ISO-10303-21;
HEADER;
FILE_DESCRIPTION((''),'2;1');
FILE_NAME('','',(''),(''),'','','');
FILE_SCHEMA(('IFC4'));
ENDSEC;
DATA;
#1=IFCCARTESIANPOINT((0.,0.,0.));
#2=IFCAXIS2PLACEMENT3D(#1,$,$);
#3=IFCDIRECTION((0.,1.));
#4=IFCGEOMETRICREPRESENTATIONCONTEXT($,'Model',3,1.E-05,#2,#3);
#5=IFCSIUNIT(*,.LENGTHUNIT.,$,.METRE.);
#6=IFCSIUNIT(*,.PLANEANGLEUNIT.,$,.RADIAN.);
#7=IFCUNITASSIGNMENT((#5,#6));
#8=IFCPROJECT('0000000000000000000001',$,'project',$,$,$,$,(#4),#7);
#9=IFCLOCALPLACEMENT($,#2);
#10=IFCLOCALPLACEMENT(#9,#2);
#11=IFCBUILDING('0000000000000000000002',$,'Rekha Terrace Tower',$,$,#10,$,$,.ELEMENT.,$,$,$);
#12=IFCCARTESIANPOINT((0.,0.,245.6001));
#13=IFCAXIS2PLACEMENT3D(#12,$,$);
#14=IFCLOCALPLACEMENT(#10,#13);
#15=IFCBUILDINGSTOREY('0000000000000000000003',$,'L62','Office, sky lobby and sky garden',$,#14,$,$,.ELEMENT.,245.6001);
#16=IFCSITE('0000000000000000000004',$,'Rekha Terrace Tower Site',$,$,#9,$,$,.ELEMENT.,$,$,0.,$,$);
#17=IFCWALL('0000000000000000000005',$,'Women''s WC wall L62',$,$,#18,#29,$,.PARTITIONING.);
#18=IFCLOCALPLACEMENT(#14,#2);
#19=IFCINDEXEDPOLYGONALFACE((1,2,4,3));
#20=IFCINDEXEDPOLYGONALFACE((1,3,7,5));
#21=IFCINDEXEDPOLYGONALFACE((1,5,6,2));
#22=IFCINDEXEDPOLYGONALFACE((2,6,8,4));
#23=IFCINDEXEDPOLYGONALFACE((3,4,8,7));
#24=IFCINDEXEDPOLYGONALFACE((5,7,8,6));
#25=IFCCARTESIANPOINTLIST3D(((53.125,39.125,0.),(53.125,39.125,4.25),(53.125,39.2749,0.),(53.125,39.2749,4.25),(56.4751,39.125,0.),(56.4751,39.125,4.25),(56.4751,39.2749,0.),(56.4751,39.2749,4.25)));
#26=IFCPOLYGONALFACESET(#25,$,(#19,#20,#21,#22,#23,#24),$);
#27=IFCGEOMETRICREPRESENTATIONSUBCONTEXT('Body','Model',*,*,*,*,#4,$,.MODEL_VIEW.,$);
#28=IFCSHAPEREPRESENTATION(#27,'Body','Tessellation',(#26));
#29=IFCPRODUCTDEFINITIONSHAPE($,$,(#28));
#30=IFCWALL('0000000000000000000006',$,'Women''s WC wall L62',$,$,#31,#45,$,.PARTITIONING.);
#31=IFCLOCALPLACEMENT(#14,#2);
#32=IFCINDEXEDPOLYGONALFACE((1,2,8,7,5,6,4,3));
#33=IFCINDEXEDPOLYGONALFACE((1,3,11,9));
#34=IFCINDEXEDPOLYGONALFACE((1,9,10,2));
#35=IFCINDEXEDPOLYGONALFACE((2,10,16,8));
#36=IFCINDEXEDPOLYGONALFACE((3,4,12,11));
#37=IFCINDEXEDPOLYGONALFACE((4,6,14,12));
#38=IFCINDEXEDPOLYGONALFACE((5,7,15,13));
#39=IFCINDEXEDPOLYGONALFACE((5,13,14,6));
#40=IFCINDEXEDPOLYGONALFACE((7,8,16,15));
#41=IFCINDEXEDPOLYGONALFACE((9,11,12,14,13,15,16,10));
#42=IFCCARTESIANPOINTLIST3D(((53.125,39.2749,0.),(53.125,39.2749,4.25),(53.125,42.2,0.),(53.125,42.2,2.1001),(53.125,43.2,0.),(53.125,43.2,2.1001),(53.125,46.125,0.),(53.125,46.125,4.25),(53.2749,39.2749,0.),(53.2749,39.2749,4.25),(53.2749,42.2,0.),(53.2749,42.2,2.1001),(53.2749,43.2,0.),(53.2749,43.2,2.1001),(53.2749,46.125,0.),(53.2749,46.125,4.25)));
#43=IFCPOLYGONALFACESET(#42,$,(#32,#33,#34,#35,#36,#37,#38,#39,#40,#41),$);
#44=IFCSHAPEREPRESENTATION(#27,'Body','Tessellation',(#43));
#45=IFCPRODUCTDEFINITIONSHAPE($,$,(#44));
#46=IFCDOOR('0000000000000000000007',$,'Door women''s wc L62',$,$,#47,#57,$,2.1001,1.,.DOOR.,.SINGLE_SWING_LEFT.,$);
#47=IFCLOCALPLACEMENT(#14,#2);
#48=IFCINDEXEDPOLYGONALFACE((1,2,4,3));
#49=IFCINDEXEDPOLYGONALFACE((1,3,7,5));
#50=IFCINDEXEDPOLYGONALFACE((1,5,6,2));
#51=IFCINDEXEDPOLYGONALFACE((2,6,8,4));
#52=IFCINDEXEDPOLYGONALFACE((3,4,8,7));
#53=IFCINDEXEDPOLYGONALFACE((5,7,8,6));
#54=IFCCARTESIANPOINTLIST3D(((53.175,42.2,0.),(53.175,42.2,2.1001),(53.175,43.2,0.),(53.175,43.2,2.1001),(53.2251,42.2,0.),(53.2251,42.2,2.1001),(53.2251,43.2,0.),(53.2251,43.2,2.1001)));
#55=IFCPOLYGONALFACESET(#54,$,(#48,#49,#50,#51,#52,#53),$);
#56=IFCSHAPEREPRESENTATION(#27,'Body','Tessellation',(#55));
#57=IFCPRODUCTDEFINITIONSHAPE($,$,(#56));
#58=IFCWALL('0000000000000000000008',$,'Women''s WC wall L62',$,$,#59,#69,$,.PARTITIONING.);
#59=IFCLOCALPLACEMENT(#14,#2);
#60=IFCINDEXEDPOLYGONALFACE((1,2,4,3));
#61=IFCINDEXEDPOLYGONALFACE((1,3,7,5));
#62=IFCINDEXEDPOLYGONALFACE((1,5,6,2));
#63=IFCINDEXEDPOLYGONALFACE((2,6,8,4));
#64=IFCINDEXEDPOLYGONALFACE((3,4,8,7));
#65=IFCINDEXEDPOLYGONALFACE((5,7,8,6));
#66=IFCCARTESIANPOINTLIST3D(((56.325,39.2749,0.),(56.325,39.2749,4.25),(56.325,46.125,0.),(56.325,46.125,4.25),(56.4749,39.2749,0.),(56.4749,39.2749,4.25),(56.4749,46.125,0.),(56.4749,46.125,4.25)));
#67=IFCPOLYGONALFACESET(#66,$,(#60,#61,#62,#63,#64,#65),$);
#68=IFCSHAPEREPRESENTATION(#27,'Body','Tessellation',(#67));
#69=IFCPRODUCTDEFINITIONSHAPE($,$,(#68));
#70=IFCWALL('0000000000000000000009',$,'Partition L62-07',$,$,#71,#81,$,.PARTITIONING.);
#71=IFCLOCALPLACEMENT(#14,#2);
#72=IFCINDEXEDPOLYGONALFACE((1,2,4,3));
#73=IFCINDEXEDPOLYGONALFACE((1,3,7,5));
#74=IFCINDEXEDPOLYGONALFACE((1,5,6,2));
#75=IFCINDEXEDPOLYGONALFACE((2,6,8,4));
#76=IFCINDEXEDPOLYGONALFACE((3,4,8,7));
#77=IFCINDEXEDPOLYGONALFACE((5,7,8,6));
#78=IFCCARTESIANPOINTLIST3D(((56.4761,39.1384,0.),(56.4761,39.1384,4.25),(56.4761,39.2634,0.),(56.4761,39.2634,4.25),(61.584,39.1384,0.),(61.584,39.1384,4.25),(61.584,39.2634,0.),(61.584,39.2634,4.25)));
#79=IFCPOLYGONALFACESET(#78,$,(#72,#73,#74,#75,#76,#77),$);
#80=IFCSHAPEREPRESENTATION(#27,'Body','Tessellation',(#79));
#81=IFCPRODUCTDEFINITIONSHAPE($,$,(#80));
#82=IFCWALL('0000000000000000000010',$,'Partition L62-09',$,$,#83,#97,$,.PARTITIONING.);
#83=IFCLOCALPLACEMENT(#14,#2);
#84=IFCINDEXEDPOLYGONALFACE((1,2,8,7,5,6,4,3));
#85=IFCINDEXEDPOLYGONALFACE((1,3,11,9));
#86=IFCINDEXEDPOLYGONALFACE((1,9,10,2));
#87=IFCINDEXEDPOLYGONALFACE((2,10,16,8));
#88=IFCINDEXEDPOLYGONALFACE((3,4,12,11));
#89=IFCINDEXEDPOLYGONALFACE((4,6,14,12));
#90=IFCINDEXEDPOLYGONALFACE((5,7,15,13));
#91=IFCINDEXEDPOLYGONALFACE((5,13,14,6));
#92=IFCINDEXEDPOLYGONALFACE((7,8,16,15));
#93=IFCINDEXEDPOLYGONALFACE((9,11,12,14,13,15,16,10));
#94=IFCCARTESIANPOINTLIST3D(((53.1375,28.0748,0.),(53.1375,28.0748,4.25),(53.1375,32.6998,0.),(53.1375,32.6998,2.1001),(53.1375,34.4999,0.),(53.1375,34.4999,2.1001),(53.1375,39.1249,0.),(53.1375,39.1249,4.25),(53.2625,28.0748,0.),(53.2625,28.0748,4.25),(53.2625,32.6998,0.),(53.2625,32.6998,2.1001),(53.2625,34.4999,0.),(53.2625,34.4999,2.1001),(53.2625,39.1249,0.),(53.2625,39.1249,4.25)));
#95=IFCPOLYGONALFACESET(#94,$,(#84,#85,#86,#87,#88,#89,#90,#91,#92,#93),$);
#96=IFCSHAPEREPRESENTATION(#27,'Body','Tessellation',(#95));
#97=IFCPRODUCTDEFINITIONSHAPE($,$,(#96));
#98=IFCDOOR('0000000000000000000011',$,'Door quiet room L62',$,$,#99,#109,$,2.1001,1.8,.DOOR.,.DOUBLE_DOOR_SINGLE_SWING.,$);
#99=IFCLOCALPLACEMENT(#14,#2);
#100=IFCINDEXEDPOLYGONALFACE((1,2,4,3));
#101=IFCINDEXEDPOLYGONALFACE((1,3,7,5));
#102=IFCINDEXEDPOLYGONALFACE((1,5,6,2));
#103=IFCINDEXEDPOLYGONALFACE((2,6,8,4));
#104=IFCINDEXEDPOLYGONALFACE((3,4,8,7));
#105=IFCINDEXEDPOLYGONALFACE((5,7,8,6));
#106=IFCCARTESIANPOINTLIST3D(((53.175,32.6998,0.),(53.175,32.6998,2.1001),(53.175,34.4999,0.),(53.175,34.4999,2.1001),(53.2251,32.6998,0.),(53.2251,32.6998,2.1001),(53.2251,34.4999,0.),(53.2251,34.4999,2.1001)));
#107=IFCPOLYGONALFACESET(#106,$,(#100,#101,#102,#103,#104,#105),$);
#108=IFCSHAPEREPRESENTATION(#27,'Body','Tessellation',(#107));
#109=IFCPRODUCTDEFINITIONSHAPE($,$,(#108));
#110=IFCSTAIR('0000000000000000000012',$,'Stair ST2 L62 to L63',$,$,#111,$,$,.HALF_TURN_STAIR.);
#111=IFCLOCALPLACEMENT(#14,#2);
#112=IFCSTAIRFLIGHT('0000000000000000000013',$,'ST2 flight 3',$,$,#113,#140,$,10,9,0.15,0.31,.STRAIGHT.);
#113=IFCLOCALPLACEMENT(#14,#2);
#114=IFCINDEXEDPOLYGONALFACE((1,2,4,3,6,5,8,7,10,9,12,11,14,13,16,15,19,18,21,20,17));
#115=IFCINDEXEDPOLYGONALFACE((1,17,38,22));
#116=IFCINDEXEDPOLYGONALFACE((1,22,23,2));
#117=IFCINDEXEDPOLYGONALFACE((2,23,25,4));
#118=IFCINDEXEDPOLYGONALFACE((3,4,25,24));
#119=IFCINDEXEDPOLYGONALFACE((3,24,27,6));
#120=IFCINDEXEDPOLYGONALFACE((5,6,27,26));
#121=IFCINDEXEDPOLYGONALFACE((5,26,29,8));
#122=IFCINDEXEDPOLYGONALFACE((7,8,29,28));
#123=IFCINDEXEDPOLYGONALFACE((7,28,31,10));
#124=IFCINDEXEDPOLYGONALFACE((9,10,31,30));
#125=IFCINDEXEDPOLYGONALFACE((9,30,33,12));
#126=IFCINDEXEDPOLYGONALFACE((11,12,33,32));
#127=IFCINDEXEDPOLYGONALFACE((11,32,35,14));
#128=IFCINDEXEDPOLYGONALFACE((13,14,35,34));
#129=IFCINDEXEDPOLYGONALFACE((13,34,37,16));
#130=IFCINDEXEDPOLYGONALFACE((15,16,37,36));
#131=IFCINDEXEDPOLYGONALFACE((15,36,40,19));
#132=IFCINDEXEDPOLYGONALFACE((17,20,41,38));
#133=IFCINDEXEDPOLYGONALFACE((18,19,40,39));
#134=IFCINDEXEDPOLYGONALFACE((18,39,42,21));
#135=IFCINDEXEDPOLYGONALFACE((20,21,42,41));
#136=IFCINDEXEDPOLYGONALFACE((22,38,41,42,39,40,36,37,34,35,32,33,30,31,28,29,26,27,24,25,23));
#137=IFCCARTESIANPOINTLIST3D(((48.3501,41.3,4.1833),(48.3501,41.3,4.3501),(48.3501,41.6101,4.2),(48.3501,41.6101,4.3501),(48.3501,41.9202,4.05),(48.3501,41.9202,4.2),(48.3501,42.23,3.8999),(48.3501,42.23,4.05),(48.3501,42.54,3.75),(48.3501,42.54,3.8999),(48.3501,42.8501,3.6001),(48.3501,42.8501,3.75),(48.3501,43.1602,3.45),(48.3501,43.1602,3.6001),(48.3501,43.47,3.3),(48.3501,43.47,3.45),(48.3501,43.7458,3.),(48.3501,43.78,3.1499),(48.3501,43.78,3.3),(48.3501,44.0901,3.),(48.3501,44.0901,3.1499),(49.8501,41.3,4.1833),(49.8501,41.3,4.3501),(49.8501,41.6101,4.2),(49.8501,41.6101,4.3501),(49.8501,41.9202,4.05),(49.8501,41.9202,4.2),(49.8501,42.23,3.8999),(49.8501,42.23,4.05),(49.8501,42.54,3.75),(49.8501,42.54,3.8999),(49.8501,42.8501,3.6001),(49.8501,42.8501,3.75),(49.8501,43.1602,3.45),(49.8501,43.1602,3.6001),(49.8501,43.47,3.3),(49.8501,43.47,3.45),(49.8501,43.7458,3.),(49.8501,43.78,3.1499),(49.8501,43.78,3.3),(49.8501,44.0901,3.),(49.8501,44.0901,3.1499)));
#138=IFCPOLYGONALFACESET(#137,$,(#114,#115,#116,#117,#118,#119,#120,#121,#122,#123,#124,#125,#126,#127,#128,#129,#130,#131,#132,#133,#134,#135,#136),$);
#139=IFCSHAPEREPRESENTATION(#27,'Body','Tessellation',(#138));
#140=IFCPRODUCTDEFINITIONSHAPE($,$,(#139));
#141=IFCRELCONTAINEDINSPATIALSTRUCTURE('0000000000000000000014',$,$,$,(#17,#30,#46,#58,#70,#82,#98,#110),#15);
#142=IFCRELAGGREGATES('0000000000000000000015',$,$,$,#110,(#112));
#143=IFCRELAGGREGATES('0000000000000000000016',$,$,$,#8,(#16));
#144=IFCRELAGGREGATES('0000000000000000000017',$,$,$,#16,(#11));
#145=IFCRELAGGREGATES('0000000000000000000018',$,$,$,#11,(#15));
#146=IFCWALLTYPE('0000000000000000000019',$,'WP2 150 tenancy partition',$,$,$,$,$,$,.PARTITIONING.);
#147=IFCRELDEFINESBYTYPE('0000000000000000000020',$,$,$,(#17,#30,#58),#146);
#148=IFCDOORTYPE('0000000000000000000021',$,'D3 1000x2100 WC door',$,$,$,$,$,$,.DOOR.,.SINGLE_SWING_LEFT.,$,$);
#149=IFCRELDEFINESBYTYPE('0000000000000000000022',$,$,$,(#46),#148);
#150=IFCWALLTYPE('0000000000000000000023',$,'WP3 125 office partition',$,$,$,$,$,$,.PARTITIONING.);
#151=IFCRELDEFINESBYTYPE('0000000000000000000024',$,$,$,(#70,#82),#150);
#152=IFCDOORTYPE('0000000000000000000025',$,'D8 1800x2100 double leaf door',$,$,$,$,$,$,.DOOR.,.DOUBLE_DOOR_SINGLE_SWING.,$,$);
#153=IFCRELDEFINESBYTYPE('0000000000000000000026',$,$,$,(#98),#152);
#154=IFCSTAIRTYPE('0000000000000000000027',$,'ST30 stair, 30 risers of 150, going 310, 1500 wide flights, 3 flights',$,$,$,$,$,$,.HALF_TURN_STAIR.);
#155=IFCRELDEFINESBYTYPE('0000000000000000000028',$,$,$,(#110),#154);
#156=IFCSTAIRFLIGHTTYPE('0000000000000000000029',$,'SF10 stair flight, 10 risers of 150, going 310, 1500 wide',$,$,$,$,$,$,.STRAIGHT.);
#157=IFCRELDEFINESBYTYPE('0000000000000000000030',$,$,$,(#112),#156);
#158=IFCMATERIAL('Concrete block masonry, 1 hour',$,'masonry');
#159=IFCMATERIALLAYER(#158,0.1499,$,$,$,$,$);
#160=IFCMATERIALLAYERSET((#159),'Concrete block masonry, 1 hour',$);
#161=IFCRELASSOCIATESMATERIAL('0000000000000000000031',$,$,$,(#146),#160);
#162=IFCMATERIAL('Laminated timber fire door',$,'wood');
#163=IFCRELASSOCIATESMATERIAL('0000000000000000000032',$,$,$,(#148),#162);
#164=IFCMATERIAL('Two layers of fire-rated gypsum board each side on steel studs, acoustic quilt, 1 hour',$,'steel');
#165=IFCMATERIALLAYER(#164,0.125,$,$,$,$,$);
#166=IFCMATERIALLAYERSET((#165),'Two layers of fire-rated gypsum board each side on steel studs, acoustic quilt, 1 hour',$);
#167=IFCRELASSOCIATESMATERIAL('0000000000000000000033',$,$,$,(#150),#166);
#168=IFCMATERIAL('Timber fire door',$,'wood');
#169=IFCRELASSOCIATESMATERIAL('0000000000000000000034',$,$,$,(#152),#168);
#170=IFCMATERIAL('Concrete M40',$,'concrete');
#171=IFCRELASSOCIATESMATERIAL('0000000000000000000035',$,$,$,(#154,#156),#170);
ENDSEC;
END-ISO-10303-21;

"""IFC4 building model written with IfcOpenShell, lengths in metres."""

from ifc_helpers import new_model, si_unit, direction, frame, frame_2d, origin, place, context, subcontext, project, spatial, polyline, rectangle, outline, extrude, material, layer, layer_set, type_object, element, fill, aggregate, save


model = new_model("IFC4")

# Units and contexts
model_context = context("Model", 3, precision=1e-05, world=origin(), true_north=direction((0.0, 1.0)))
body_context = subcontext(model_context, "Body", "Model", "MODEL_VIEW")
ifc_project = project(units=[si_unit("LENGTHUNIT", "METRE"), si_unit("PLANEANGLEUNIT", "RADIAN")], contexts=[model_context])

# Site, building, storey
site_placement = place(None, origin())
site = spatial("IfcSite", under=ifc_project, at=site_placement, Name="Rekha Terrace Tower Site", CompositionType="ELEMENT", RefElevation=0.0)
building_placement = place(site_placement, origin())
building = spatial("IfcBuilding", under=site, at=building_placement, Name="Rekha Terrace Tower", CompositionType="ELEMENT")
storey_placement = place(building_placement, frame((0.0, 0.0, 245.6001)))
storey = spatial("IfcBuildingStorey", under=building, at=storey_placement, Name="L62", Description="Office, sky lobby and sky garden", CompositionType="ELEMENT", Elevation=245.6001)

# Wall
ifc_material_1 = material(Name="Concrete M40", Category="concrete")
ifc_material_2 = material(Name="Concrete block masonry, 1 hour", Category="masonry")
ifc_layer_1 = layer(ifc_material_2, 0.1499)
ifc_layer_set_1 = layer_set([ifc_layer_1], Name="Concrete block masonry, 1 hour")
wall_type_1 = type_object("IfcWallType", Name="WP2 150 tenancy partition", PredefinedType="PARTITIONING", material=ifc_layer_set_1)
wall_1_placement = place(storey_placement, frame((53.125, 39.2, 0.0), z_axis=(0.0, 0.0, 1.0), x_axis=(1.0, 0.0, 0.0)))
element("IfcWall", 1, at=wall_1_placement, inside=storey, type_object=wall_type_1, Name="Women's WC wall L62", PredefinedType="PARTITIONING", context=body_context, shape_type="SweptSolid", body=[
    extrude(rectangle(XDim=3.3501, YDim=0.1499, at=frame_2d((1.675, 0.0))), origin(), (0.0, 0.0, 1.0), 4.25),
])

# Wall, opening, door
wall_2_placement = place(storey_placement, frame((53.2, 39.2749, 0.0), z_axis=(0.0, 0.0, 1.0), x_axis=(0.0, 1.0, 0.0)))
wall_2 = element("IfcWall", 2, at=wall_2_placement, inside=storey, type_object=wall_type_1, Name="Women's WC wall L62", PredefinedType="PARTITIONING", context=body_context, shape_type="SweptSolid", body=[
    extrude(rectangle(XDim=6.8501, YDim=0.1499, at=frame_2d((3.425, 0.0))), origin(), (0.0, 0.0, 1.0), 4.25),
])
opening_1_placement = place(wall_2_placement, frame((2.925, 0.0, 0.0)))
opening_1 = element("IfcOpeningElement", 3, at=opening_1_placement, cuts=wall_2, PredefinedType="OPENING", context=body_context, shape_type="SweptSolid", body=[
    extrude(rectangle(XDim=1.0, YDim=2.1001, at=frame_2d((0.5, 1.05))), frame((0.0, 0.085, 0.0), z_axis=(0.0, -1.0, 0.0), x_axis=(1.0, 0.0, 0.0)), (0.0, 0.0, 1.0), 0.1699),
])
ifc_material_3 = material(Name="Laminated timber fire door", Category="wood")
door_type_1 = type_object("IfcDoorType", Name="D3 1000x2100 WC door", OperationType="SINGLE_SWING_LEFT", PredefinedType="DOOR", material=ifc_material_3)
door_1_placement = place(opening_1_placement, origin())
door_1 = element("IfcDoor", 4, at=door_1_placement, inside=storey, type_object=door_type_1, Name="Door women's wc L62", OperationType="SINGLE_SWING_LEFT", OverallHeight=2.1001, OverallWidth=1.0, PredefinedType="DOOR", context=body_context, shape_type="SweptSolid", body=[
    extrude(rectangle(XDim=1.0, YDim=2.1001, at=frame_2d((0.5, 1.05))), frame((0.0, 0.0249, 0.0), z_axis=(0.0, -1.0, 0.0), x_axis=(1.0, 0.0, 0.0)), (0.0, 0.0, 1.0), 0.05),
])
fill(opening_1, door_1)

# Walls
wall_3_placement = place(storey_placement, frame((56.3999, 39.2749, 0.0), z_axis=(0.0, 0.0, 1.0), x_axis=(0.0, 1.0, 0.0)))
element("IfcWall", 5, at=wall_3_placement, inside=storey, type_object=wall_type_1, Name="Women's WC wall L62", PredefinedType="PARTITIONING", context=body_context, shape_type="SweptSolid", body=[
    extrude(rectangle(XDim=6.8501, YDim=0.1499, at=frame_2d((3.425, 0.0))), origin(), (0.0, 0.0, 1.0), 4.25),
])
ifc_material_4 = material(Name="Two layers of fire-rated gypsum board each side on steel studs, acoustic quilt, 1 hour", Category="steel")
ifc_layer_2 = layer(ifc_material_4, 0.125)
ifc_layer_set_2 = layer_set([ifc_layer_2], Name="Two layers of fire-rated gypsum board each side on steel studs, acoustic quilt, 1 hour")
wall_type_2 = type_object("IfcWallType", Name="WP3 125 office partition", PredefinedType="PARTITIONING", material=ifc_layer_set_2)
wall_4_placement = place(storey_placement, frame((61.584, 39.2009, 0.0), z_axis=(0.0, 0.0, 1.0), x_axis=(-1.0, 0.0, 0.0)))
element("IfcWall", 6, at=wall_4_placement, inside=storey, type_object=wall_type_2, Name="Partition L62-07", PredefinedType="PARTITIONING", context=body_context, shape_type="SweptSolid", body=[
    extrude(rectangle(XDim=5.1079, YDim=0.125, at=frame_2d((2.554, 0.0))), origin(), (0.0, 0.0, 1.0), 4.25),
])

# Wall, opening, door
wall_5_placement = place(storey_placement, frame((53.2, 28.075, 0.0), z_axis=(0.0, 0.0, 1.0), x_axis=(0.0, 1.0, 0.0)))
wall_5 = element("IfcWall", 7, at=wall_5_placement, inside=storey, type_object=wall_type_2, Name="Partition L62-09", PredefinedType="PARTITIONING", context=body_context, shape_type="SweptSolid", body=[
    extrude(rectangle(XDim=11.05, YDim=0.125, at=frame_2d((5.5249, 0.0))), origin(), (0.0, 0.0, 1.0), 4.25),
])
opening_2_placement = place(wall_5_placement, frame((4.625, 0.0, 0.0)))
opening_2 = element("IfcOpeningElement", 8, at=opening_2_placement, cuts=wall_5, PredefinedType="OPENING", context=body_context, shape_type="SweptSolid", body=[
    extrude(rectangle(XDim=1.8, YDim=2.1001, at=frame_2d((0.8999, 1.05))), frame((0.0, 0.0725, 0.0), z_axis=(0.0, -1.0, 0.0), x_axis=(1.0, 0.0, 0.0)), (0.0, 0.0, 1.0), 0.145),
])
ifc_material_5 = material(Name="Timber fire door", Category="wood")
door_type_2 = type_object("IfcDoorType", Name="D8 1800x2100 double leaf door", OperationType="DOUBLE_DOOR_SINGLE_SWING", PredefinedType="DOOR", material=ifc_material_5)
door_2_placement = place(opening_2_placement, origin())
door_2 = element("IfcDoor", 9, at=door_2_placement, inside=storey, type_object=door_type_2, Name="Door quiet room L62", OperationType="DOUBLE_DOOR_SINGLE_SWING", OverallHeight=2.1001, OverallWidth=1.8, PredefinedType="DOOR", context=body_context, shape_type="SweptSolid", body=[
    extrude(rectangle(XDim=1.8, YDim=2.1001, at=frame_2d((0.8999, 1.05))), frame((0.0, 0.0249, 0.0), z_axis=(0.0, -1.0, 0.0), x_axis=(1.0, 0.0, 0.0)), (0.0, 0.0, 1.0), 0.05),
])
fill(opening_2, door_2)

# Stair, stair flight
stair_type = type_object("IfcStairType", Name="ST30 stair, 30 risers of 150, going 310, 1500 wide flights, 3 flights", PredefinedType="HALF_TURN_STAIR", material=ifc_material_1)
stair_placement = place(storey_placement, origin())
stair = element("IfcStair", 10, at=stair_placement, inside=storey, type_object=stair_type, Name="Stair ST2 L62 to L63", PredefinedType="HALF_TURN_STAIR")
stair_flight_type = type_object("IfcStairFlightType", Name="SF10 stair flight, 10 risers of 150, going 310, 1500 wide", PredefinedType="STRAIGHT", material=ifc_material_1)
stair_flight_placement = place(storey_placement, frame((49.1001, 44.0901, 3.0), z_axis=(0.0, 0.0, 1.0), x_axis=(0.0, -1.0, 0.0)))
stair_flight = element("IfcStairFlight", 11, at=stair_flight_placement, type_object=stair_flight_type, Name="ST2 flight 3", NumberOfRisers=10, NumberOfTreads=9, PredefinedType="STRAIGHT", RiserHeight=0.15, TreadLength=0.31, context=body_context, shape_type="SweptSolid", body=[
    extrude(outline(polyline([(0.0, 0.0), (0.0, 0.1499), (0.3101, 0.1499), (0.3101, 0.3), (0.6201, 0.3), (0.6201, 0.45), (0.9299, 0.45), (0.9299, 0.6001), (1.24, 0.6001), (1.24, 0.75), (1.55, 0.75), (1.55, 0.8999), (1.8601, 0.8999), (1.8601, 1.05), (2.1699, 1.05), (2.1699, 1.2), (2.48, 1.2), (2.48, 1.3501), (2.79, 1.3501), (2.79, 1.5), (2.79, 1.1833), (0.3442, 0.0), (0.0, 0.0)])), frame((0.0, 0.75, 0.0), z_axis=(0.0, -1.0, 0.0), x_axis=(1.0, 0.0, 0.0)), (0.0, 0.0, 1.0), 1.5),
])
aggregate(stair, [stair_flight])

save(model, "model.ifc")
